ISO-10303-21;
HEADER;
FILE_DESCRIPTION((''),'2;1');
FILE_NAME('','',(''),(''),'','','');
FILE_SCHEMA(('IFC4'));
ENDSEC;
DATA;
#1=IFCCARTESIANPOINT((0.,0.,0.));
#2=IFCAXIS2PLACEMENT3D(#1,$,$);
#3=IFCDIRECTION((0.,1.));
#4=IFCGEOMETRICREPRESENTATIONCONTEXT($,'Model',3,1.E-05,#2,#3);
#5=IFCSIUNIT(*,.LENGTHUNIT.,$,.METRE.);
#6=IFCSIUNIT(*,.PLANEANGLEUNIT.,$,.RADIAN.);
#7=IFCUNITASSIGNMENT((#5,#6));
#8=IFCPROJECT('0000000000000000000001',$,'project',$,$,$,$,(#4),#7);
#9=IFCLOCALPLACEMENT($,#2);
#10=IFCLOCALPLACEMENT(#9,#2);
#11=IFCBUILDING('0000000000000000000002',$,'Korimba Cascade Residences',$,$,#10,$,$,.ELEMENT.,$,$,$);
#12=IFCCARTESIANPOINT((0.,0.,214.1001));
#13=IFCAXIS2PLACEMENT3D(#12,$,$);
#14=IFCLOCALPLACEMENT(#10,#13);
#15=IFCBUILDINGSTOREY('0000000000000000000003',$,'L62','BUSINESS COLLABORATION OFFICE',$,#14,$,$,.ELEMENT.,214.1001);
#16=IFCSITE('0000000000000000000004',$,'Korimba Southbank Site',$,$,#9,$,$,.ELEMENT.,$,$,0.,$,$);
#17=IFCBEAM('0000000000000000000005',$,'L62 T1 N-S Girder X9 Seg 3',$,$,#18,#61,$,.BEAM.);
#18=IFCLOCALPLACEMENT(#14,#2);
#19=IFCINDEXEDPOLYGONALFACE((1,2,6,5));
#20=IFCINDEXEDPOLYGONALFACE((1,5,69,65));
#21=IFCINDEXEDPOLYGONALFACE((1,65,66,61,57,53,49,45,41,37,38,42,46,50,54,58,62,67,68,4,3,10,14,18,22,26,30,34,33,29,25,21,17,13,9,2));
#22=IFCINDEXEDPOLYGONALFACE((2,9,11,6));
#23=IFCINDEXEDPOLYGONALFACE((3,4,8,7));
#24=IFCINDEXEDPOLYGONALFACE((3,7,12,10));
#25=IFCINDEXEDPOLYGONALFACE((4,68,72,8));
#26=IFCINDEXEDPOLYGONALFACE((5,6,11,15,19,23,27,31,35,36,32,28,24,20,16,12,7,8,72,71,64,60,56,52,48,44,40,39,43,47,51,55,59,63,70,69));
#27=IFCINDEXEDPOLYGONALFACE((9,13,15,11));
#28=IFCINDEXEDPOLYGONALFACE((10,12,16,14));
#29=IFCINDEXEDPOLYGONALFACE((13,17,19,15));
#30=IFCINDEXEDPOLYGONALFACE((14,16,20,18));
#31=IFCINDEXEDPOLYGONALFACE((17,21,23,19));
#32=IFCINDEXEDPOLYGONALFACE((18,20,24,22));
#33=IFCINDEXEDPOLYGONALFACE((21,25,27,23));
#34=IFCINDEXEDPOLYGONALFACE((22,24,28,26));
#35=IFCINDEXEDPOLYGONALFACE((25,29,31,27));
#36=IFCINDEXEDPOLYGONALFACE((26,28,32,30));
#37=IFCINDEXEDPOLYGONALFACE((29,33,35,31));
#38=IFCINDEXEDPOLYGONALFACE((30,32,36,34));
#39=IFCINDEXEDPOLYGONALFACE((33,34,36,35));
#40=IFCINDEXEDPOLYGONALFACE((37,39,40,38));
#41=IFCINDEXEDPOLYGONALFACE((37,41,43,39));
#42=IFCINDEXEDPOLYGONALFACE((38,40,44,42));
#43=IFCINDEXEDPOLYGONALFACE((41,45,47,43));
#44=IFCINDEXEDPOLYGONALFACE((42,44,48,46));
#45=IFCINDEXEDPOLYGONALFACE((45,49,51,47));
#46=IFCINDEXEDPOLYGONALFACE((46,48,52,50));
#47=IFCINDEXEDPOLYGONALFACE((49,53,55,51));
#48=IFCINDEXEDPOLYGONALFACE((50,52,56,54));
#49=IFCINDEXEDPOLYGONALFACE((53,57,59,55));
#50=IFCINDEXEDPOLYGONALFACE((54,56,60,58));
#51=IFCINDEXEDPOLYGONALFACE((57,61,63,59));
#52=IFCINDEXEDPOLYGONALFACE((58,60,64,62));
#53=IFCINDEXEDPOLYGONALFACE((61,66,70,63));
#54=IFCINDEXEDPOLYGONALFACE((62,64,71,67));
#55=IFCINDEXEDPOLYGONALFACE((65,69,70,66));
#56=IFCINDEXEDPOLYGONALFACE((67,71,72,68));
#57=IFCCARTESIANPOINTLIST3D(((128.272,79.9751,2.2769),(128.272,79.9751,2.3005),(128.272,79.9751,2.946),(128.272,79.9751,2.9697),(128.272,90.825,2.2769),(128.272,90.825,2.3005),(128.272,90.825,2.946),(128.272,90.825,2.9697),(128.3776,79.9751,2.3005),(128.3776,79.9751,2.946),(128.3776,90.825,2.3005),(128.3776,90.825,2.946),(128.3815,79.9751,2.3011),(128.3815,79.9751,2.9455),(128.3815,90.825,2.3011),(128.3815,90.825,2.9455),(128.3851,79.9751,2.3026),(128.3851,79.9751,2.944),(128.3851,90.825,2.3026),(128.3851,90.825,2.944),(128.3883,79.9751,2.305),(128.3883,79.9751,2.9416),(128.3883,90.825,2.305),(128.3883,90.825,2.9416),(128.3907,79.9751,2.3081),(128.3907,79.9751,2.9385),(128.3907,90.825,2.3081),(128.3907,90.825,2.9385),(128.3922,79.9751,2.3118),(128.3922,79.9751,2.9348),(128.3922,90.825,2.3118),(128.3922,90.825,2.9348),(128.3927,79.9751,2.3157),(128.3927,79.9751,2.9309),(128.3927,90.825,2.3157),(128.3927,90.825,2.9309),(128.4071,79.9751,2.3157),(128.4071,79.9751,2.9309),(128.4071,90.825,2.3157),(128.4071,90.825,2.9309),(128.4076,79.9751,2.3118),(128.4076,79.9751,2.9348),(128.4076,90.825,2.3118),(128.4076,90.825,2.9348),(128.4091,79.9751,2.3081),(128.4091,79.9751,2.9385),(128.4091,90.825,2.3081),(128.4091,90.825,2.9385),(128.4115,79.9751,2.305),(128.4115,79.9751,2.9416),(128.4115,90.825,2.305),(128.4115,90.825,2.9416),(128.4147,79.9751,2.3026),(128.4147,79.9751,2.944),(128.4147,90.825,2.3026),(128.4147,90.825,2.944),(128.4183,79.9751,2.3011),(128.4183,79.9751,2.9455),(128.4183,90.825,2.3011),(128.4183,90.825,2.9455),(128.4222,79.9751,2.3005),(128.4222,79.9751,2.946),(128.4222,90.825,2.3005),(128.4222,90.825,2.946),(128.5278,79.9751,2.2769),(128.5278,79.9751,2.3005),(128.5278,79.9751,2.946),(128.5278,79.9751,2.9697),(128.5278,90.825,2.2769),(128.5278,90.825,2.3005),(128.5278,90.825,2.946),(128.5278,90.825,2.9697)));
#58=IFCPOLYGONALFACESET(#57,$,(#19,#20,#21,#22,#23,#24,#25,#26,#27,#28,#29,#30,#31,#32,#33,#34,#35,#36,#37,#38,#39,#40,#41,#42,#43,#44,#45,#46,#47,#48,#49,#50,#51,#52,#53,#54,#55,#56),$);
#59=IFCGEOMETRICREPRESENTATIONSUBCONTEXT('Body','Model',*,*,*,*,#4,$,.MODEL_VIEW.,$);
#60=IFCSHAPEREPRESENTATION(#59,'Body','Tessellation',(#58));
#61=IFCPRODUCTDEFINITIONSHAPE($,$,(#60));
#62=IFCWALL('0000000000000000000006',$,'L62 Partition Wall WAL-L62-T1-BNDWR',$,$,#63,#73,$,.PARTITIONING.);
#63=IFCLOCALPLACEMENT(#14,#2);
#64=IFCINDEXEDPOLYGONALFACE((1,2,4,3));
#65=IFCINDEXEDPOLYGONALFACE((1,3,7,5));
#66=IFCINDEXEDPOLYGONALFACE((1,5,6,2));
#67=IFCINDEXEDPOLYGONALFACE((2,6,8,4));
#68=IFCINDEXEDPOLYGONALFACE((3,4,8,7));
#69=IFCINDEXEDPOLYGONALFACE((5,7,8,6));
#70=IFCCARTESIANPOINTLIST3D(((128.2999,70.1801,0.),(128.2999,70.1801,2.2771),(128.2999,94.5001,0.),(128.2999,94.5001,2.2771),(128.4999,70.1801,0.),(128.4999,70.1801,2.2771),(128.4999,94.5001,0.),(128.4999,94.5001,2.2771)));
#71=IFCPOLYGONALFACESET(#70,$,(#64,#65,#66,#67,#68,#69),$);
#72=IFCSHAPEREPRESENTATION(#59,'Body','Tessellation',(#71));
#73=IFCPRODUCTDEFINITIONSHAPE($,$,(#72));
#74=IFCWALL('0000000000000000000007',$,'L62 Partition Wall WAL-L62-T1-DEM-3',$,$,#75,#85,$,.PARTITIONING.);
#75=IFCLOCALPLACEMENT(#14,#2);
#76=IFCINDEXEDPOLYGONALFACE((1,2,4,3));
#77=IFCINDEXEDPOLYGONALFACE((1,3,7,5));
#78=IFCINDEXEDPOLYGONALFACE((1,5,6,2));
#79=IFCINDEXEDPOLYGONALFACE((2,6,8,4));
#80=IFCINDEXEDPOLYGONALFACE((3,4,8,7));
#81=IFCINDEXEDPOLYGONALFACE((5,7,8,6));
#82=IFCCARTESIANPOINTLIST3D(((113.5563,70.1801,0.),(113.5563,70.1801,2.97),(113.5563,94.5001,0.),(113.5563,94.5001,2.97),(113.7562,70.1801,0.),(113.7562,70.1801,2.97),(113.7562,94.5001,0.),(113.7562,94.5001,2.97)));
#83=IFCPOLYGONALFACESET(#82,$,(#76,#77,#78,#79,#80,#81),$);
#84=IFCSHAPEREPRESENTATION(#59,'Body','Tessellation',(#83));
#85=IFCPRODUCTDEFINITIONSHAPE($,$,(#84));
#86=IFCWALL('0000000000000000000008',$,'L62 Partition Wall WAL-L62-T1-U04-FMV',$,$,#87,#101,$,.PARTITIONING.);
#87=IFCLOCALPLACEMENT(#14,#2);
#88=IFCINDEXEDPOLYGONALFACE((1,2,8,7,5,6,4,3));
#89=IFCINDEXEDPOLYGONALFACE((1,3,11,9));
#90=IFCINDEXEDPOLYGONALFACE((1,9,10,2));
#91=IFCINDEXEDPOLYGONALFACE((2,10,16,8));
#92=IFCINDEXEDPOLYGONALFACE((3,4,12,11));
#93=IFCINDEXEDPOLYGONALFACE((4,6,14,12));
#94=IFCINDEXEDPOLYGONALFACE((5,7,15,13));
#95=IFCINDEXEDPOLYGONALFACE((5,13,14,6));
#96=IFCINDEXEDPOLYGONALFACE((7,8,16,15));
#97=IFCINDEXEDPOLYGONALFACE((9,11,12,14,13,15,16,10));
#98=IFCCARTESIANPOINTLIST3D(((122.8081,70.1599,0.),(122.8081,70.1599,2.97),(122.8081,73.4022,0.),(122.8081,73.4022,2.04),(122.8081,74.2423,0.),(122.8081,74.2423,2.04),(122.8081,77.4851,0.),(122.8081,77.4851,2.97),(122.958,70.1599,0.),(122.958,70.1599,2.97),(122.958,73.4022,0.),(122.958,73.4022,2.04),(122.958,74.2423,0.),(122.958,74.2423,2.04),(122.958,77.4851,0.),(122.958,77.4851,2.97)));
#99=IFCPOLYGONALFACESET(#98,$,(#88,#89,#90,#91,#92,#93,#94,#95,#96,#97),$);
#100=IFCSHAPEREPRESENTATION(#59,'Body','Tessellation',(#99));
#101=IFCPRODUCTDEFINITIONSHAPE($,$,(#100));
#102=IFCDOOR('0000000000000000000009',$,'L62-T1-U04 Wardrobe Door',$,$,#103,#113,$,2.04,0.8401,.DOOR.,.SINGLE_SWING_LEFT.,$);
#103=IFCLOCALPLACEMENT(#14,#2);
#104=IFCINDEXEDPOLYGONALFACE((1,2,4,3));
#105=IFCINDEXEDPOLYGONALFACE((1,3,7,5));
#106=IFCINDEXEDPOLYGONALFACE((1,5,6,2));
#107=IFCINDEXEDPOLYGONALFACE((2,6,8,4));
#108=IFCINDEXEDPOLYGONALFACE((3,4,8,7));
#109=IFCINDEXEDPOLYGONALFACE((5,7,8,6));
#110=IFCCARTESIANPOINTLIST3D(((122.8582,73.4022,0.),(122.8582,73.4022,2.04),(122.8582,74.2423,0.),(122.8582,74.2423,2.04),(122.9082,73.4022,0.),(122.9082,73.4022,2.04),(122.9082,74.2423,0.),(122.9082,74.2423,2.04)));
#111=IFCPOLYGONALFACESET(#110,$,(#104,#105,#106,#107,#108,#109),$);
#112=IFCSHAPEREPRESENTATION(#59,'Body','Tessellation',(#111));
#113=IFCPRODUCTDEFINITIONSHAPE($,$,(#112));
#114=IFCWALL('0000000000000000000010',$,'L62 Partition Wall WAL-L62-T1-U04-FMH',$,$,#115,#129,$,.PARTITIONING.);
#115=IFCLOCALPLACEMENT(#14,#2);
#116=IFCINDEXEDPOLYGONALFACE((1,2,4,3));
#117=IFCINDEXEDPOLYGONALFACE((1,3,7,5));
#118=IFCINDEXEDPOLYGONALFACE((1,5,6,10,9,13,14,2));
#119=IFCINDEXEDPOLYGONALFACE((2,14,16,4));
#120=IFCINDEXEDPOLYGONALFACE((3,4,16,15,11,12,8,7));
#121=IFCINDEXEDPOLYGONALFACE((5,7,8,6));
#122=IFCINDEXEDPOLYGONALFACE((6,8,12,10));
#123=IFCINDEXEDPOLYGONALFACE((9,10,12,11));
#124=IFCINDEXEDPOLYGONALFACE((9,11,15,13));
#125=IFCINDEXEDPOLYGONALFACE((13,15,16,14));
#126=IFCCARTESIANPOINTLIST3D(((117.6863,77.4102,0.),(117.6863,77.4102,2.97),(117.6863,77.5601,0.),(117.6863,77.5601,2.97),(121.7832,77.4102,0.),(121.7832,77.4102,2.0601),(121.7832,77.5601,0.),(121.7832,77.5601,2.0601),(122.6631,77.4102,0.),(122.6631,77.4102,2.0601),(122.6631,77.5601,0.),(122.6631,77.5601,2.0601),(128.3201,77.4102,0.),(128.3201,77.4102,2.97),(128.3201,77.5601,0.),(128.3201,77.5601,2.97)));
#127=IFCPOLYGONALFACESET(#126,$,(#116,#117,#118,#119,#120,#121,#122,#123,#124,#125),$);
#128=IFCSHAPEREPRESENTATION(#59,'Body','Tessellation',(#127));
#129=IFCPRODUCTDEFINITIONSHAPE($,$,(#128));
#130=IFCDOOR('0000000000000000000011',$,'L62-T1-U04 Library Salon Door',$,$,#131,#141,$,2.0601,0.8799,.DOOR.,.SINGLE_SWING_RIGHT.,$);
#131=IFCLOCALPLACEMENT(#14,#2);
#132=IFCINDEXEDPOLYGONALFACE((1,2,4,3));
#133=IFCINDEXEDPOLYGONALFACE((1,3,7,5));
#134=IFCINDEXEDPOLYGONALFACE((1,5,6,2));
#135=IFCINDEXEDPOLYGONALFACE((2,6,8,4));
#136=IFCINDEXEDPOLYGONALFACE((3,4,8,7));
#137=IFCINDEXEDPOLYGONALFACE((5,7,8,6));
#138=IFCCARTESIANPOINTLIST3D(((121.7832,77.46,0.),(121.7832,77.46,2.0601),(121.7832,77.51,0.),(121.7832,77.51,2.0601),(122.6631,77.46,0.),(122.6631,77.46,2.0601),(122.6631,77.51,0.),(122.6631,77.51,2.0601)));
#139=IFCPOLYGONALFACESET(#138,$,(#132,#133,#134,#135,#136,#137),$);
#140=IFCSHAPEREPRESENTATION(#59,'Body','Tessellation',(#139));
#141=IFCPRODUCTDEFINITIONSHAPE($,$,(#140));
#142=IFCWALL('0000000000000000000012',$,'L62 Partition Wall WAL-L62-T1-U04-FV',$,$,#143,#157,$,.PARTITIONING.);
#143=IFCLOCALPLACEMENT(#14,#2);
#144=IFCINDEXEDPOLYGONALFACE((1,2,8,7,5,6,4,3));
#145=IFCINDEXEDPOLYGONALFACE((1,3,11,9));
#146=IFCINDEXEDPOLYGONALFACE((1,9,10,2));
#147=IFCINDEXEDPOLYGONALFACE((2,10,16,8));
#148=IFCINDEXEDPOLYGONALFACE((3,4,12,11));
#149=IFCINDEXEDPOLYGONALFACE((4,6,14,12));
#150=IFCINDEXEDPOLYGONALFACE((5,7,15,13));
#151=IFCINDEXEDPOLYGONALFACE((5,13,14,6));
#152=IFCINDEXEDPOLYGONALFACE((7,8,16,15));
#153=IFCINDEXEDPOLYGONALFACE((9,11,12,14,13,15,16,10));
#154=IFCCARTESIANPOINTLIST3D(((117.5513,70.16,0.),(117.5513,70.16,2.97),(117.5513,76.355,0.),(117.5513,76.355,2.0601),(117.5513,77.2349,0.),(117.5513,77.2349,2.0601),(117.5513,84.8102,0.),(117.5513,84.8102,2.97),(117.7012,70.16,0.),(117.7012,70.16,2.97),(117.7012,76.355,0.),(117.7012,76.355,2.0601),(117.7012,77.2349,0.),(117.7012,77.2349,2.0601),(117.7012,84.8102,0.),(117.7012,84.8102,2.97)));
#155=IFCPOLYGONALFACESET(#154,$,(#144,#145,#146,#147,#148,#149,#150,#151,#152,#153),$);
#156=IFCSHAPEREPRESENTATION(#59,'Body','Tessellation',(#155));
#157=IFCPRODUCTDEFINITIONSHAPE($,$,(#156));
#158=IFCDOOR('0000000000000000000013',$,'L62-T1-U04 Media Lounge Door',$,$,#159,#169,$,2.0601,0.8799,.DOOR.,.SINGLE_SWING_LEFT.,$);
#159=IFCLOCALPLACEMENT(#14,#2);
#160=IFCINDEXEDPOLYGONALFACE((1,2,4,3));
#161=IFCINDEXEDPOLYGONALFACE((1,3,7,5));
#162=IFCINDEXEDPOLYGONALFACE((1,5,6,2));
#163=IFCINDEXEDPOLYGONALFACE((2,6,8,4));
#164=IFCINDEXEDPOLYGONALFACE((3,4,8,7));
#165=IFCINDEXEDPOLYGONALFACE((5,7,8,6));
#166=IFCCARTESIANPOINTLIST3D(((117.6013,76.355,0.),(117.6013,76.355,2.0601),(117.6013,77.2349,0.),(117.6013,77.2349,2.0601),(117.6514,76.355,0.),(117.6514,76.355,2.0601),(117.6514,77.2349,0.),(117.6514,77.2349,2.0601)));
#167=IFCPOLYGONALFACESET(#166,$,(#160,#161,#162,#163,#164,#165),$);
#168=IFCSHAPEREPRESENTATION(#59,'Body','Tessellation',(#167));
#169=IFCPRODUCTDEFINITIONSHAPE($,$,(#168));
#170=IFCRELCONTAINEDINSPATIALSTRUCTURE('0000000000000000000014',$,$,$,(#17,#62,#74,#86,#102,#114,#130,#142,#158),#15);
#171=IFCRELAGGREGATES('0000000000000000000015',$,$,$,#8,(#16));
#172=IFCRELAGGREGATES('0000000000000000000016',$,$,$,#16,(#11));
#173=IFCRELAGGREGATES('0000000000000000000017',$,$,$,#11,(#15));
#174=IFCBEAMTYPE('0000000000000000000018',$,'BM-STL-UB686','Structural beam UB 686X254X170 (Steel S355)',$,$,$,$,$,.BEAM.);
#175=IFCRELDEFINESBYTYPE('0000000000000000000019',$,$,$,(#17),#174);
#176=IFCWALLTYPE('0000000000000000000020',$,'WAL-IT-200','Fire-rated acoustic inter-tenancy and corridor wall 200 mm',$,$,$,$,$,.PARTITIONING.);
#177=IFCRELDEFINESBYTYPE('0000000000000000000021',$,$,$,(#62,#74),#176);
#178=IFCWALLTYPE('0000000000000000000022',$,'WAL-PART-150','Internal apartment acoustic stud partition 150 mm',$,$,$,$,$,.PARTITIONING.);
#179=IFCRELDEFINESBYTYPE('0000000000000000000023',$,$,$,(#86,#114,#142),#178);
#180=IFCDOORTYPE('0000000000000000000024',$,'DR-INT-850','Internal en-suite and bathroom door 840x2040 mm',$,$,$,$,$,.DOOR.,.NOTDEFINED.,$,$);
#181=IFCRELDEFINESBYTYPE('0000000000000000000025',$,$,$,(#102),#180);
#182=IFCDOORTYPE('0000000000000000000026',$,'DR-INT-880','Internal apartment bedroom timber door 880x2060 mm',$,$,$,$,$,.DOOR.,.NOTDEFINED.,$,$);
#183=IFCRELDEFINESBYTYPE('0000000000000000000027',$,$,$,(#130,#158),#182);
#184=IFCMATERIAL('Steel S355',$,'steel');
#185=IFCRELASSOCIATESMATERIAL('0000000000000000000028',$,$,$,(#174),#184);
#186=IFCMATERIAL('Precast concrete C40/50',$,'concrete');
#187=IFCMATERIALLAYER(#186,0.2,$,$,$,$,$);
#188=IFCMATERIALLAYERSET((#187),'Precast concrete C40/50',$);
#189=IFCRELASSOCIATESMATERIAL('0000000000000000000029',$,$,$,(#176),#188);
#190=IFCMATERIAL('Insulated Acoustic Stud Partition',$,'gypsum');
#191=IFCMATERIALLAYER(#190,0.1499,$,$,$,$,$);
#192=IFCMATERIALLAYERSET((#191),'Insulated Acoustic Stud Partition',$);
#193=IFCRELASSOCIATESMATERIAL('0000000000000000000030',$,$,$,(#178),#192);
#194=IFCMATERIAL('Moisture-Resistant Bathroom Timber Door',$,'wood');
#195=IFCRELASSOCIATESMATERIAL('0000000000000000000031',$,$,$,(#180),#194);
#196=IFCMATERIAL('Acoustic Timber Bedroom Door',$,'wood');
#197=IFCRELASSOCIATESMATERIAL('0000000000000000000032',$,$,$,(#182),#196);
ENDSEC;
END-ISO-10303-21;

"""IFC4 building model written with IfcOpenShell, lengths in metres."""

from ifc_helpers import new_model, si_unit, direction, frame, frame_2d, origin, origin_2d, place, context, subcontext, project, spatial, rectangle, i_section, extrude, material, layer, layer_set, material_profile, profile_set, type_object, element, fill, save


model = new_model("IFC4")

# Units and contexts
model_context = context("Model", 3, precision=1e-05, world=origin(), true_north=direction((0.0, 1.0)))
body_context = subcontext(model_context, "Body", "Model", "MODEL_VIEW")
ifc_project = project(units=[si_unit("LENGTHUNIT", "METRE"), si_unit("PLANEANGLEUNIT", "RADIAN")], contexts=[model_context])

# Site, building, storey
site_placement = place(None, origin())
site = spatial("IfcSite", under=ifc_project, at=site_placement, Name="Korimba Southbank Site", CompositionType="ELEMENT", RefElevation=0.0)
building_placement = place(site_placement, origin())
building = spatial("IfcBuilding", under=site, at=building_placement, Name="Korimba Cascade Residences", CompositionType="ELEMENT")
storey_placement = place(building_placement, frame((0.0, 0.0, 214.1001)))
storey = spatial("IfcBuildingStorey", under=building, at=storey_placement, Name="L62", Description="BUSINESS COLLABORATION OFFICE", CompositionType="ELEMENT", Elevation=214.1001)

# Beam
ifc_material_1 = material(Name="Steel S355", Category="steel")
ifc_material_profile_1 = material_profile(ifc_material_1, i_section(OverallWidth=0.2559, OverallDepth=0.6929, WebThickness=0.0144, FlangeThickness=0.0237, FilletRadius=0.0151, at=origin_2d()), Name="Steel S355")
ifc_profile_set_1 = profile_set([ifc_material_profile_1], Name="Steel S355")
beam_type_1 = type_object("IfcBeamType", Name="BM-STL-UB686", Description="Structural beam UB 686X254X170 (Steel S355)", PredefinedType="BEAM", material=ifc_profile_set_1)
for number, where, z_axis, x_axis, name in (
    (1, (128.3999, 79.9751, 2.6233), (0.0, 1.0, 0.0), (-1.0, 0.0, 0.0), "L62 T1 N-S Girder X9 Seg 3"),
):
    element("IfcBeam", number, at=place(storey_placement, frame(where, z_axis=z_axis, x_axis=x_axis)), inside=storey, type_object=beam_type_1, Name=name, PredefinedType="BEAM", context=body_context, shape_type="SweptSolid", body=[
        extrude(i_section(OverallWidth=0.2559, OverallDepth=0.6929, WebThickness=0.0144, FlangeThickness=0.0237, FilletRadius=0.0151, at=origin_2d()), origin(), (0.0, 0.0, 1.0), 10.8499),
    ])

# Walls
ifc_material_2 = material(Name="Precast concrete C40/50", Category="concrete")
ifc_layer_1 = layer(ifc_material_2, 0.2)
ifc_layer_set_1 = layer_set([ifc_layer_1], Name="Precast concrete C40/50")
wall_type_1 = type_object("IfcWallType", Name="WAL-IT-200", Description="Fire-rated acoustic inter-tenancy and corridor wall 200 mm", PredefinedType="PARTITIONING", material=ifc_layer_set_1)
wall_1_placement = place(storey_placement, frame((128.3999, 70.1799, 0.0), z_axis=(0.0, 0.0, 1.0), x_axis=(0.0, 1.0, 0.0)))
element("IfcWall", 2, at=wall_1_placement, inside=storey, type_object=wall_type_1, Name="L62 Partition Wall WAL-L62-T1-BNDWR", PredefinedType="PARTITIONING", context=body_context, shape_type="SweptSolid", body=[
    extrude(rectangle(XDim=24.3201, YDim=0.2, at=frame_2d((12.1602, 0.0))), origin(), (0.0, 0.0, 1.0), 2.2771),
])
wall_2_placement = place(storey_placement, frame((113.6562, 70.1799, 0.0), z_axis=(0.0, 0.0, 1.0), x_axis=(0.0, 1.0, 0.0)))
element("IfcWall", 3, at=wall_2_placement, inside=storey, type_object=wall_type_1, Name="L62 Partition Wall WAL-L62-T1-DEM-3", PredefinedType="PARTITIONING", context=body_context, shape_type="SweptSolid", body=[
    extrude(rectangle(XDim=24.3201, YDim=0.2, at=frame_2d((12.1602, 0.0))), origin(), (0.0, 0.0, 1.0), 2.97),
])

# Walls, openings, doors
ifc_material_3 = material(Name="Insulated Acoustic Stud Partition", Category="gypsum")
ifc_layer_2 = layer(ifc_material_3, 0.1499)
ifc_layer_set_2 = layer_set([ifc_layer_2], Name="Insulated Acoustic Stud Partition")
wall_type_2 = type_object("IfcWallType", Name="WAL-PART-150", Description="Internal apartment acoustic stud partition 150 mm", PredefinedType="PARTITIONING", material=ifc_layer_set_2)
wall_3_placement = place(storey_placement, frame((122.8831, 70.1599, 0.0), z_axis=(0.0, 0.0, 1.0), x_axis=(0.0, 1.0, 0.0)))
wall_3 = element("IfcWall", 4, at=wall_3_placement, inside=storey, type_object=wall_type_2, Name="L62 Partition Wall WAL-L62-T1-U04-FMV", PredefinedType="PARTITIONING", context=body_context, shape_type="SweptSolid", body=[
    extrude(rectangle(XDim=7.3252, YDim=0.1499, at=frame_2d((3.6626, 0.0))), origin(), (0.0, 0.0, 1.0), 2.97),
])
opening_1_placement = place(wall_3_placement, frame((3.2424, 0.0, 0.0)))
opening_1 = element("IfcOpeningElement", 5, at=opening_1_placement, cuts=wall_3, PredefinedType="OPENING", context=body_context, shape_type="SweptSolid", body=[
    extrude(rectangle(XDim=0.8401, YDim=2.04, at=frame_2d((0.4199, 1.02))), frame((0.0, 0.085, 0.0), z_axis=(0.0, -1.0, 0.0), x_axis=(1.0, 0.0, 0.0)), (0.0, 0.0, 1.0), 0.1699),
])
ifc_material_4 = material(Name="Moisture-Resistant Bathroom Timber Door", Category="wood")
door_type_1 = type_object("IfcDoorType", Name="DR-INT-850", Description="Internal en-suite and bathroom door 840x2040 mm", OperationType="NOTDEFINED", PredefinedType="DOOR", material=ifc_material_4)
door_1_placement = place(opening_1_placement, origin())
door_1 = element("IfcDoor", 6, at=door_1_placement, inside=storey, type_object=door_type_1, Name="L62-T1-U04 Wardrobe Door", OperationType="SINGLE_SWING_LEFT", OverallHeight=2.04, OverallWidth=0.8401, PredefinedType="DOOR", context=body_context, shape_type="SweptSolid", body=[
    extrude(rectangle(XDim=0.8401, YDim=2.04, at=frame_2d((0.4199, 1.02))), frame((0.0, 0.0249, 0.0), z_axis=(0.0, -1.0, 0.0), x_axis=(1.0, 0.0, 0.0)), (0.0, 0.0, 1.0), 0.05),
])
fill(opening_1, door_1)
wall_4_placement = place(storey_placement, frame((117.6863, 77.4851, 0.0), z_axis=(0.0, 0.0, 1.0), x_axis=(1.0, 0.0, 0.0)))
wall_4 = element("IfcWall", 7, at=wall_4_placement, inside=storey, type_object=wall_type_2, Name="L62 Partition Wall WAL-L62-T1-U04-FMH", PredefinedType="PARTITIONING", context=body_context, shape_type="SweptSolid", body=[
    extrude(rectangle(XDim=10.6338, YDim=0.1499, at=frame_2d((5.3169, 0.0))), origin(), (0.0, 0.0, 1.0), 2.97),
])
opening_2_placement = place(wall_4_placement, frame((4.0969, 0.0, 0.0)))
opening_2 = element("IfcOpeningElement", 8, at=opening_2_placement, cuts=wall_4, PredefinedType="OPENING", context=body_context, shape_type="SweptSolid", body=[
    extrude(rectangle(XDim=0.8799, YDim=2.0601, at=frame_2d((0.4399, 1.03))), frame((0.0, 0.085, 0.0), z_axis=(0.0, -1.0, 0.0), x_axis=(1.0, 0.0, 0.0)), (0.0, 0.0, 1.0), 0.1699),
])
ifc_material_5 = material(Name="Acoustic Timber Bedroom Door", Category="wood")
door_type_2 = type_object("IfcDoorType", Name="DR-INT-880", Description="Internal apartment bedroom timber door 880x2060 mm", OperationType="NOTDEFINED", PredefinedType="DOOR", material=ifc_material_5)
door_2_placement = place(opening_2_placement, origin())
door_2 = element("IfcDoor", 9, at=door_2_placement, inside=storey, type_object=door_type_2, Name="L62-T1-U04 Library Salon Door", OperationType="SINGLE_SWING_RIGHT", OverallHeight=2.0601, OverallWidth=0.8799, PredefinedType="DOOR", context=body_context, shape_type="SweptSolid", body=[
    extrude(rectangle(XDim=0.8799, YDim=2.0601, at=frame_2d((0.4399, 1.03))), frame((0.0, 0.0249, 0.0), z_axis=(0.0, -1.0, 0.0), x_axis=(1.0, 0.0, 0.0)), (0.0, 0.0, 1.0), 0.05),
])
fill(opening_2, door_2)
wall_5_placement = place(storey_placement, frame((117.6262, 70.1599, 0.0), z_axis=(0.0, 0.0, 1.0), x_axis=(0.0, 1.0, 0.0)))
wall_5 = element("IfcWall", 10, at=wall_5_placement, inside=storey, type_object=wall_type_2, Name="L62 Partition Wall WAL-L62-T1-U04-FV", PredefinedType="PARTITIONING", context=body_context, shape_type="SweptSolid", body=[
    extrude(rectangle(XDim=14.6501, YDim=0.1499, at=frame_2d((7.3252, 0.0))), origin(), (0.0, 0.0, 1.0), 2.97),
])
opening_3_placement = place(wall_5_placement, frame((6.1951, 0.0, 0.0)))
opening_3 = element("IfcOpeningElement", 11, at=opening_3_placement, cuts=wall_5, PredefinedType="OPENING", context=body_context, shape_type="SweptSolid", body=[
    extrude(rectangle(XDim=0.8799, YDim=2.0601, at=frame_2d((0.4399, 1.03))), frame((0.0, 0.085, 0.0), z_axis=(0.0, -1.0, 0.0), x_axis=(1.0, 0.0, 0.0)), (0.0, 0.0, 1.0), 0.1699),
])
door_3_placement = place(opening_3_placement, origin())
door_3 = element("IfcDoor", 12, at=door_3_placement, inside=storey, type_object=door_type_2, Name="L62-T1-U04 Media Lounge Door", OperationType="SINGLE_SWING_LEFT", OverallHeight=2.0601, OverallWidth=0.8799, PredefinedType="DOOR", context=body_context, shape_type="SweptSolid", body=[
    extrude(rectangle(XDim=0.8799, YDim=2.0601, at=frame_2d((0.4399, 1.03))), frame((0.0, 0.0249, 0.0), z_axis=(0.0, -1.0, 0.0), x_axis=(1.0, 0.0, 0.0)), (0.0, 0.0, 1.0), 0.05),
])
fill(opening_3, door_3)

save(model, "model.ifc")
